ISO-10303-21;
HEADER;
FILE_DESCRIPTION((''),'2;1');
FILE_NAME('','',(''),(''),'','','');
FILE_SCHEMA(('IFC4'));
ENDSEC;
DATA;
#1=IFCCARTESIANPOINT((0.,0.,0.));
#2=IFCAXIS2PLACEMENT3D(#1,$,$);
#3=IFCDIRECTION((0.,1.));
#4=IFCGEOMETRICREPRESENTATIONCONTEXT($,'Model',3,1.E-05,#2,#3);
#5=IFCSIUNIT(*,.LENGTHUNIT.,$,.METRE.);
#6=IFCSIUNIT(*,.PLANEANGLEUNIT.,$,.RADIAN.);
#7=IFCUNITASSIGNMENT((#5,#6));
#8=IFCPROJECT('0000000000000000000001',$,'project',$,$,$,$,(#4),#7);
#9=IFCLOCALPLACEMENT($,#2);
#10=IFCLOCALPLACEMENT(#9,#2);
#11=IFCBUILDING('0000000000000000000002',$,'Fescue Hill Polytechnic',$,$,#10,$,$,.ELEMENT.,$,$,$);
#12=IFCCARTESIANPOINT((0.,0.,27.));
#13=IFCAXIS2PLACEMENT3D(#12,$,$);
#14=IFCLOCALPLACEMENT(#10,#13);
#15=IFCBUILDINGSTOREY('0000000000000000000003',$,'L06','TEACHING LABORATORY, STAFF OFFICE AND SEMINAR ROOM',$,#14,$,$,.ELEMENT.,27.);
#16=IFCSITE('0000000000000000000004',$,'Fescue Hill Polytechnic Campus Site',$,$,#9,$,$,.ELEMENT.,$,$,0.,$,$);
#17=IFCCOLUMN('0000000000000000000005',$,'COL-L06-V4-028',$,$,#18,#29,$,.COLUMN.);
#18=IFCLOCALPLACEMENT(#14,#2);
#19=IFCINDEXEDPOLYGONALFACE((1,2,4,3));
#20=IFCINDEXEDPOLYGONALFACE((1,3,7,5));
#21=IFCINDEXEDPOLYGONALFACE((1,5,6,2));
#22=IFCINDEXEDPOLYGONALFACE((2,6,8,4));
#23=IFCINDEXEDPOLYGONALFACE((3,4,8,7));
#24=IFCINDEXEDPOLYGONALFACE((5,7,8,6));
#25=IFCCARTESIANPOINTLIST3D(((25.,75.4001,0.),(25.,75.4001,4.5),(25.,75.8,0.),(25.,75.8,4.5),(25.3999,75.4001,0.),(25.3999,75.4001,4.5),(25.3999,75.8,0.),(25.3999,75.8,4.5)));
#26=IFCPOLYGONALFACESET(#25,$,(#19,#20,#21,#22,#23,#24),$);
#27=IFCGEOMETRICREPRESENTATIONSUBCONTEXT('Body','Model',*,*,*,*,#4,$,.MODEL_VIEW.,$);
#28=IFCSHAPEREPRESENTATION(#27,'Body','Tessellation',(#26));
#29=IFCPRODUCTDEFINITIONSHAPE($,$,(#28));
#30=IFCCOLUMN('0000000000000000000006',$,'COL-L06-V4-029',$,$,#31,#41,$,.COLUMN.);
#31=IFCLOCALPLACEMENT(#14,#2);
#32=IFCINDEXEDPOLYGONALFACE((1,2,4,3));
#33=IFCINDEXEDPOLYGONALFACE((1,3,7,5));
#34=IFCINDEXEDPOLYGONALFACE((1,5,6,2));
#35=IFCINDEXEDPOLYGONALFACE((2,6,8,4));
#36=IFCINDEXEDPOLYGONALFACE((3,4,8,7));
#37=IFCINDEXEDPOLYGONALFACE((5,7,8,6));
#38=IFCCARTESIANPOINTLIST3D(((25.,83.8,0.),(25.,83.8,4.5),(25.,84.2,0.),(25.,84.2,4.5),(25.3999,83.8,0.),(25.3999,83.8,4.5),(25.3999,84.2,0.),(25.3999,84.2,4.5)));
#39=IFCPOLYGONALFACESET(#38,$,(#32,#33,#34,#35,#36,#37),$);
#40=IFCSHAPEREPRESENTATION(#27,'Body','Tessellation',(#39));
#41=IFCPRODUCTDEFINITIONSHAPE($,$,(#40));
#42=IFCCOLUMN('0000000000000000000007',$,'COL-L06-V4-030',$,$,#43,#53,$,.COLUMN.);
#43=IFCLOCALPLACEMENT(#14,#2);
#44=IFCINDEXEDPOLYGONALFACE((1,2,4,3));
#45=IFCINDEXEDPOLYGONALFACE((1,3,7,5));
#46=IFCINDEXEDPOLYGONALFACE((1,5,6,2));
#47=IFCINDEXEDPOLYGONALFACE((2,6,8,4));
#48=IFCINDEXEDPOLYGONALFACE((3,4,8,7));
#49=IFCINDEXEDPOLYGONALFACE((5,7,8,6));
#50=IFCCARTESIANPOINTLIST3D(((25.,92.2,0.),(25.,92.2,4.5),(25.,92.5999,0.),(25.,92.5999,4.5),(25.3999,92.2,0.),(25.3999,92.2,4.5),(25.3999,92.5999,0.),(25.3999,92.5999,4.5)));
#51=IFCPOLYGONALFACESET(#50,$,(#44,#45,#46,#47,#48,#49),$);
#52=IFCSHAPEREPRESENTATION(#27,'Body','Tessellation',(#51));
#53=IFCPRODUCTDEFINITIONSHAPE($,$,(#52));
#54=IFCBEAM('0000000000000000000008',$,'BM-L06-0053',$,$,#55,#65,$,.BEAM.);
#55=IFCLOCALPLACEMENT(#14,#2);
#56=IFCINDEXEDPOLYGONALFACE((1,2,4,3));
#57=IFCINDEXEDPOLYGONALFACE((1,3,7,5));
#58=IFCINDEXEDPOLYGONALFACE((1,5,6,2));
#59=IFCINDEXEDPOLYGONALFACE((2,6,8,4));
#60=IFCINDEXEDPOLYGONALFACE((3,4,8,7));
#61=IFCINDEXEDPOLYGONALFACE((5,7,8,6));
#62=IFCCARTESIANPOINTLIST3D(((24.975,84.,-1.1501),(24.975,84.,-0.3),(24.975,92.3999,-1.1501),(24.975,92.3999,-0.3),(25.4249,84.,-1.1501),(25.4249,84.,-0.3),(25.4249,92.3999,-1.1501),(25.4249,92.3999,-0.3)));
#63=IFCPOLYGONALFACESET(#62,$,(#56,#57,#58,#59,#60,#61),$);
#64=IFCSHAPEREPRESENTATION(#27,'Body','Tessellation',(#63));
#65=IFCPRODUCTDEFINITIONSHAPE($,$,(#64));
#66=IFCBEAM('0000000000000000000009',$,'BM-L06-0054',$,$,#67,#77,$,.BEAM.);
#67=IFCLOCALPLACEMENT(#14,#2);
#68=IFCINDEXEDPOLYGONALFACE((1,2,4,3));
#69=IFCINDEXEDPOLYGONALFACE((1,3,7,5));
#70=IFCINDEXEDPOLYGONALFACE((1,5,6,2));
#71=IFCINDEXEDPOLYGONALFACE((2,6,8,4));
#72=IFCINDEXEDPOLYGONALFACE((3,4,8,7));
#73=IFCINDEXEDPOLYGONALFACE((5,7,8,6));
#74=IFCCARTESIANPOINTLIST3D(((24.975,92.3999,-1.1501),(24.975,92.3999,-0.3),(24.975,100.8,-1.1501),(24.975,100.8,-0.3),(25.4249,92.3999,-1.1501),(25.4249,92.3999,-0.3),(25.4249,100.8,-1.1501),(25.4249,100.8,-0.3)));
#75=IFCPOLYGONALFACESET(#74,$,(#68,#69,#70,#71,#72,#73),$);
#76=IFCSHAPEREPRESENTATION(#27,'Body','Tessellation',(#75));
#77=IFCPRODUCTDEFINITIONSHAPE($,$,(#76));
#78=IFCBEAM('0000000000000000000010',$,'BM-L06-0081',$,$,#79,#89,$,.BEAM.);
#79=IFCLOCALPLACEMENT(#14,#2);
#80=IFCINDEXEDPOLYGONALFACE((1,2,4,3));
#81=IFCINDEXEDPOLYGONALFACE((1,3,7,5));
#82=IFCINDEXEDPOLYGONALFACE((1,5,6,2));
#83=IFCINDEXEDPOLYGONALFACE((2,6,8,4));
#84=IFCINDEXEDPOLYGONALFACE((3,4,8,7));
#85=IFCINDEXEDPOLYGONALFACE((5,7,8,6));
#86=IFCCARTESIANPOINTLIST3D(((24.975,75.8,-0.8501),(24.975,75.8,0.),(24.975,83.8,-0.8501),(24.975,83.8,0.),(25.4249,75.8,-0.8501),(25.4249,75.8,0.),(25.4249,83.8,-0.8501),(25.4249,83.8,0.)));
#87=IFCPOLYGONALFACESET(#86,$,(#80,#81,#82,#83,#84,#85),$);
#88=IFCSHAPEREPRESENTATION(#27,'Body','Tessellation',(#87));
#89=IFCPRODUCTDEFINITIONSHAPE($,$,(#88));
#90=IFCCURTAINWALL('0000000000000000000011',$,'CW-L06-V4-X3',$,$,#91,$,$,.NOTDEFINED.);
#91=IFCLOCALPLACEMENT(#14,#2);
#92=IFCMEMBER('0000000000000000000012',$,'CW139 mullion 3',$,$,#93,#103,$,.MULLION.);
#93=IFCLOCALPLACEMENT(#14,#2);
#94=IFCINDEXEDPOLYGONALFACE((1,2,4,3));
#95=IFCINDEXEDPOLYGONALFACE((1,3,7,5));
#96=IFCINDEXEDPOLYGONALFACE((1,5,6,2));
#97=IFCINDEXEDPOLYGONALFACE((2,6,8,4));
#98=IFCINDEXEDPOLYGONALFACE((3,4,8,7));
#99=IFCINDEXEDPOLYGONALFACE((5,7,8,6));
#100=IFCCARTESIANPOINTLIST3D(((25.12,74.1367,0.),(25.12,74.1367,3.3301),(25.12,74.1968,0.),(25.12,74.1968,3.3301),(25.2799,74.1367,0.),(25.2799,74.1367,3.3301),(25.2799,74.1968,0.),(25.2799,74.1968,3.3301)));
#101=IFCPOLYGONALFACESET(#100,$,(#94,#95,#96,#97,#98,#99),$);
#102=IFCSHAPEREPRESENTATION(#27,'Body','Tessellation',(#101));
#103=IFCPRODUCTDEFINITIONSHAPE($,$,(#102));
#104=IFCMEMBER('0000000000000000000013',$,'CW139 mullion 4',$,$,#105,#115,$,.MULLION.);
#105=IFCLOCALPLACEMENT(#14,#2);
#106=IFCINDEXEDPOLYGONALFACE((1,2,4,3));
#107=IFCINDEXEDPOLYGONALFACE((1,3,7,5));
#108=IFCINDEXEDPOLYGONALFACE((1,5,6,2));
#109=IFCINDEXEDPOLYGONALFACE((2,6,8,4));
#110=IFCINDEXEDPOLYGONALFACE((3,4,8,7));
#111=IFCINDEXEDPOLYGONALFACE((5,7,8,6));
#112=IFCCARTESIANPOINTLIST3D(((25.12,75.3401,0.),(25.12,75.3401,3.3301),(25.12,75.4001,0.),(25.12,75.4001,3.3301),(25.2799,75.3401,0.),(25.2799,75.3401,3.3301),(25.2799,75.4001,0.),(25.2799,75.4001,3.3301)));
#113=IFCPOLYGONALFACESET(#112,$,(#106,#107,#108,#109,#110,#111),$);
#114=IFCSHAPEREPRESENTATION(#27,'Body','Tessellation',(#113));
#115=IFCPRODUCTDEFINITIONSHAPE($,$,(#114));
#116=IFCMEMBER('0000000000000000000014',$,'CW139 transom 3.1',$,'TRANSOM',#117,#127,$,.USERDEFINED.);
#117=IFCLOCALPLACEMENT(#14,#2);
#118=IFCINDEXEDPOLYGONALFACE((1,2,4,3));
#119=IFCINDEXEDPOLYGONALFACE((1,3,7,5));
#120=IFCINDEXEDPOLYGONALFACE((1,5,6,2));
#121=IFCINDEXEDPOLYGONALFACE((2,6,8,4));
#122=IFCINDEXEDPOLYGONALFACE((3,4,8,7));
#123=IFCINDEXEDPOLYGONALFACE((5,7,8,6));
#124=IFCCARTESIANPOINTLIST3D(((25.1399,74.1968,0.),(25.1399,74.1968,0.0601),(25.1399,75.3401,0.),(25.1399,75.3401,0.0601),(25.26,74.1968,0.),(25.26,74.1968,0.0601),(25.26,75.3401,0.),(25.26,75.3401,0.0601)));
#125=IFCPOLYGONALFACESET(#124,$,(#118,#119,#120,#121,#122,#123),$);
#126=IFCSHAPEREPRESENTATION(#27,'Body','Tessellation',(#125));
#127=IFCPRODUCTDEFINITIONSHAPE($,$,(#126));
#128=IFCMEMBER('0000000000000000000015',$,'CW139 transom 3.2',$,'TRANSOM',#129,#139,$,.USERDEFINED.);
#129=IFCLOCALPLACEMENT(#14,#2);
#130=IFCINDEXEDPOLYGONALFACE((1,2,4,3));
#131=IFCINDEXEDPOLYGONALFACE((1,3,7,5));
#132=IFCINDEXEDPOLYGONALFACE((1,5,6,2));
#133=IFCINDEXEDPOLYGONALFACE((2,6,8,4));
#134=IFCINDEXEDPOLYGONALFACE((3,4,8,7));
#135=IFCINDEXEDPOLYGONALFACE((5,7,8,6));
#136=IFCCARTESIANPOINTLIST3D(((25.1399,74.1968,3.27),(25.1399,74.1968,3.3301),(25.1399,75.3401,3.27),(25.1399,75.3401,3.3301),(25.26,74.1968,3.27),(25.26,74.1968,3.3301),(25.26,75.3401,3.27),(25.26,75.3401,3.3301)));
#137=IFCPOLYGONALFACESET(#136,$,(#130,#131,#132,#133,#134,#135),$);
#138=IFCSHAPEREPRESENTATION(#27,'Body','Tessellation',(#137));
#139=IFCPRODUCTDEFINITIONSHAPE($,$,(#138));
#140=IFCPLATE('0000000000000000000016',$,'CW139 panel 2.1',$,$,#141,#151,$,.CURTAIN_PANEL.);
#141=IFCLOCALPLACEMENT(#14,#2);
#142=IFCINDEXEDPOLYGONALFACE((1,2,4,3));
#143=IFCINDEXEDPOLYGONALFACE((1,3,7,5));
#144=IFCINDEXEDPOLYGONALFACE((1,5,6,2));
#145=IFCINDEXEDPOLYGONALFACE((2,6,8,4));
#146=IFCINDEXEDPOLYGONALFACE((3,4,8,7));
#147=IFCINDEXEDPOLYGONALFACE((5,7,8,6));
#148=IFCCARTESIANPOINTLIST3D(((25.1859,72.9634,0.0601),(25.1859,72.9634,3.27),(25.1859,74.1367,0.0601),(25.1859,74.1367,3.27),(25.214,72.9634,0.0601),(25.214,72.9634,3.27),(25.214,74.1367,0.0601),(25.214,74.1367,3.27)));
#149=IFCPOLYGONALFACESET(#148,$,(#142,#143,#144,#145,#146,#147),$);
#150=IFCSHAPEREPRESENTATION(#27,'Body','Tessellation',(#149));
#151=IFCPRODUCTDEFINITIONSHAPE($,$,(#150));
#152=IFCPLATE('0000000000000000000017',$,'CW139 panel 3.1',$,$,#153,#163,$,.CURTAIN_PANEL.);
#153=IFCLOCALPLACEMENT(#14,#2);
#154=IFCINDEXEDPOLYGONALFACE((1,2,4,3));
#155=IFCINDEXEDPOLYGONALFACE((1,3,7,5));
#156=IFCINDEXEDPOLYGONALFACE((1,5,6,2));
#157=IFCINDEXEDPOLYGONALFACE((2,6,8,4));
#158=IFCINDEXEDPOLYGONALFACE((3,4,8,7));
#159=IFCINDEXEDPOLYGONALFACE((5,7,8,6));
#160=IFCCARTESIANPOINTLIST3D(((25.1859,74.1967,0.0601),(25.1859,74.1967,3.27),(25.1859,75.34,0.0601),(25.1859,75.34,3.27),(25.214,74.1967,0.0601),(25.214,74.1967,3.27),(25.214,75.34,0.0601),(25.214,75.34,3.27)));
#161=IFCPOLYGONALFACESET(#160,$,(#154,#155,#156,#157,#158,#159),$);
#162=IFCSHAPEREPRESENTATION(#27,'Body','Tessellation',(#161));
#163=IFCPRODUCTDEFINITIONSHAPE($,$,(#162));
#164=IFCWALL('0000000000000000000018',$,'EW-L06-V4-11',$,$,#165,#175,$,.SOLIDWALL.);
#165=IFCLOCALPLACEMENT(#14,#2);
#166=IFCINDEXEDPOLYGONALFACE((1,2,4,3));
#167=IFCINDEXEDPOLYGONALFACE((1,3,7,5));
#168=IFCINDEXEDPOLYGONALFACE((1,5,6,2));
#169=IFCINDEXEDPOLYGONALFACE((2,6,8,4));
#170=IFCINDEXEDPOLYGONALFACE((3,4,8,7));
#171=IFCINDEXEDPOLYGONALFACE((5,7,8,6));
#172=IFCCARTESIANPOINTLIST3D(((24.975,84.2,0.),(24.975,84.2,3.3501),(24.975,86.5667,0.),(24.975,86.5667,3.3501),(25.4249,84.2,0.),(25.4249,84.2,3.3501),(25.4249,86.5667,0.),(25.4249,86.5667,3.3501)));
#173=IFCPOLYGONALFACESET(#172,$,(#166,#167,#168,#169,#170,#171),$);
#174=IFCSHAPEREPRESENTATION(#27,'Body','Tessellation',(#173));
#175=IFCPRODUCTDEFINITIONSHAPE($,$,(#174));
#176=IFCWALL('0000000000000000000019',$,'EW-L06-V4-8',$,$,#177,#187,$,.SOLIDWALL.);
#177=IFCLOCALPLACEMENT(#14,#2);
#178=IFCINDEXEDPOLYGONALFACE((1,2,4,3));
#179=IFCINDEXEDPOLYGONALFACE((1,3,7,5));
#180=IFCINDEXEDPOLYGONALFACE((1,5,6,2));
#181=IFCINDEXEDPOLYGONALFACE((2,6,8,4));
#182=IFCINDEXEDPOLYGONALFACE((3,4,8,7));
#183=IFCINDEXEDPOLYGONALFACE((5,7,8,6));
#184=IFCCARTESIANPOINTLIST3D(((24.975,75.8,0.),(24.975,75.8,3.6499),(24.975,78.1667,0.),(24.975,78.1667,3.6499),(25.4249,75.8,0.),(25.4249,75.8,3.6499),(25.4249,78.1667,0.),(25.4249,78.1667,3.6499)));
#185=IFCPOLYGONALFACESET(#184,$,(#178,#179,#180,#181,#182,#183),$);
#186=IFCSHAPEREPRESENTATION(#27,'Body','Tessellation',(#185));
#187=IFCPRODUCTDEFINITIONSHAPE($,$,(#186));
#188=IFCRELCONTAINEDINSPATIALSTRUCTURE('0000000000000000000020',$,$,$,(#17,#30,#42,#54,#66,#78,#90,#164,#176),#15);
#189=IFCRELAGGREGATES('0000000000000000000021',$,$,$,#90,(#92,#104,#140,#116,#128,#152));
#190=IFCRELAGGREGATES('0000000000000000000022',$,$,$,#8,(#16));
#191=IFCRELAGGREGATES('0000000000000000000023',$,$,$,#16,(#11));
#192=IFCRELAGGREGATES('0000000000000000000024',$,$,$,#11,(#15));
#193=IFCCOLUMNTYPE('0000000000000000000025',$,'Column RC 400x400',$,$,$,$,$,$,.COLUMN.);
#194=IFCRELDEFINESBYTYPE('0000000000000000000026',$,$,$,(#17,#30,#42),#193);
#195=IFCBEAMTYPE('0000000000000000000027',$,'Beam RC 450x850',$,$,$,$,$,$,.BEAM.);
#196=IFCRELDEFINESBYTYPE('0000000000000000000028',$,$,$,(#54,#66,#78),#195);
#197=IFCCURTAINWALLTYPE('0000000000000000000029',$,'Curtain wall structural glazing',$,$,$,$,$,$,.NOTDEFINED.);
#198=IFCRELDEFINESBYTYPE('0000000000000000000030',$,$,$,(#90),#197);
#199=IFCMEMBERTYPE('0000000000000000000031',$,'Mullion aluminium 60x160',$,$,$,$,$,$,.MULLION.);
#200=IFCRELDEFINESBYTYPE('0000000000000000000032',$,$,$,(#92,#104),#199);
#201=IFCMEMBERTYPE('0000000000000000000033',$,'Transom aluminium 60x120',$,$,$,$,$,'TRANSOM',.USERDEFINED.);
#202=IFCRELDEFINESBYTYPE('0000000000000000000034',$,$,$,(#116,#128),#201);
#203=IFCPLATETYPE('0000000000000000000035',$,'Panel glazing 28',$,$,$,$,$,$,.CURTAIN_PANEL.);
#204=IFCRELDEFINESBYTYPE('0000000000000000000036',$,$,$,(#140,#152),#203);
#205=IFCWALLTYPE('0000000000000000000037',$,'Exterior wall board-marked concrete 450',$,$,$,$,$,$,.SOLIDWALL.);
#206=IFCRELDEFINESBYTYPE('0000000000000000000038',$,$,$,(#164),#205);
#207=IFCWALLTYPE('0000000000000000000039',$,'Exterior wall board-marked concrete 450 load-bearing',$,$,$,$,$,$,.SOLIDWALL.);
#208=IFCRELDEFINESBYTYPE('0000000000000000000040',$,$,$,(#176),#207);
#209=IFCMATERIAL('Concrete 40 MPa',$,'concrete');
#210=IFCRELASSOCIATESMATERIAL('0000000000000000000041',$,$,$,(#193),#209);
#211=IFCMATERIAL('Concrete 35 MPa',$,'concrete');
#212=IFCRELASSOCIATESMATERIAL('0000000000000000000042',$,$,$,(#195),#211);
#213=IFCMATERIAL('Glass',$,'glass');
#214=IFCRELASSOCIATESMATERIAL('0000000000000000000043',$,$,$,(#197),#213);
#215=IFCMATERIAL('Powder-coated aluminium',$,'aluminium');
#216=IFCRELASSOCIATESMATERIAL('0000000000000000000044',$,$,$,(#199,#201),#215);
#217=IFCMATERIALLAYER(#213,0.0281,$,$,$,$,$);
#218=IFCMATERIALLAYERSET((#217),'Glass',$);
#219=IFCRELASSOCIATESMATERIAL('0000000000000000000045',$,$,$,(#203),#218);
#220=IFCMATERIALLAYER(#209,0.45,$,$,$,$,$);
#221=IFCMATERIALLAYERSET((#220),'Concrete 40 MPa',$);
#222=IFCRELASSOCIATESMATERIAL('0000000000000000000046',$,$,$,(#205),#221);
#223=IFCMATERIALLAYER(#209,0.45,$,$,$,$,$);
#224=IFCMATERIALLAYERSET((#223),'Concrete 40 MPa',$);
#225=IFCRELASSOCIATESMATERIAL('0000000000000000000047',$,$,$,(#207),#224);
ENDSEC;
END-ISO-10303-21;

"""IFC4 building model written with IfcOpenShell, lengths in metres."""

from ifc_helpers import new_model, si_unit, direction, frame, frame_2d, origin, origin_2d, place, context, subcontext, project, spatial, rectangle, extrude, material, layer, layer_set, material_profile, profile_set, type_object, element, aggregate, save


model = new_model("IFC4")

# Units and contexts
model_context = context("Model", 3, precision=1e-05, world=origin(), true_north=direction((0.0, 1.0)))
body_context = subcontext(model_context, "Body", "Model", "MODEL_VIEW")
ifc_project = project(units=[si_unit("LENGTHUNIT", "METRE"), si_unit("PLANEANGLEUNIT", "RADIAN")], contexts=[model_context])

# Site, building, storey
site_placement = place(None, origin())
site = spatial("IfcSite", under=ifc_project, at=site_placement, Name="Fescue Hill Polytechnic Campus Site", CompositionType="ELEMENT", RefElevation=0.0)
building_placement = place(site_placement, origin())
building = spatial("IfcBuilding", under=site, at=building_placement, Name="Fescue Hill Polytechnic", CompositionType="ELEMENT")
storey_placement = place(building_placement, frame((0.0, 0.0, 27.0)))
storey = spatial("IfcBuildingStorey", under=building, at=storey_placement, Name="L06", Description="TEACHING LABORATORY, STAFF OFFICE AND SEMINAR ROOM", CompositionType="ELEMENT", Elevation=27.0)

# Columns
ifc_material_1 = material(Name="Concrete 40 MPa", Category="concrete")
ifc_material_profile_1 = material_profile(ifc_material_1, rectangle(XDim=0.3999, YDim=0.3999, at=origin_2d()), Name="RC 400x400")
ifc_profile_set_1 = profile_set([ifc_material_profile_1], Name="Concrete 40 MPa")
column_type = type_object("IfcColumnType", Name="Column RC 400x400", PredefinedType="COLUMN", material=ifc_profile_set_1)
for number, where, z_axis, x_axis, name in (
    (1, (25.2, 75.6001, 0.0), (0.0, 0.0, 1.0), (1.0, 0.0, 0.0), "COL-L06-V4-028"),
    (2, (25.2, 84.0, 0.0), (0.0, 0.0, 1.0), (1.0, 0.0, 0.0), "COL-L06-V4-029"),
    (3, (25.2, 92.3999, 0.0), (0.0, 0.0, 1.0), (1.0, 0.0, 0.0), "COL-L06-V4-030"),
):
    element("IfcColumn", number, at=place(storey_placement, frame(where, z_axis=z_axis, x_axis=x_axis)), inside=storey, type_object=column_type, Name=name, PredefinedType="COLUMN", context=body_context, shape_type="SweptSolid", body=[
        extrude(rectangle(XDim=0.3999, YDim=0.3999, at=origin_2d()), origin(), (0.0, 0.0, 1.0), 4.5),
    ])

# Beams
ifc_material_2 = material(Name="Concrete 35 MPa", Category="concrete")
ifc_material_profile_2 = material_profile(ifc_material_2, rectangle(XDim=0.45, YDim=0.8501, at=origin_2d()), Name="RC 450x850")
ifc_profile_set_2 = profile_set([ifc_material_profile_2], Name="Concrete 35 MPa")
beam_type = type_object("IfcBeamType", Name="Beam RC 450x850", PredefinedType="BEAM", material=ifc_profile_set_2)
beam_1_placement = place(storey_placement, frame((25.2, 84.0, -0.7251), z_axis=(0.0, 1.0, 0.0), x_axis=(-1.0, 0.0, 0.0)))
element("IfcBeam", 4, at=beam_1_placement, inside=storey, type_object=beam_type, Name="BM-L06-0053", PredefinedType="BEAM", context=body_context, shape_type="SweptSolid", body=[
    extrude(rectangle(XDim=0.45, YDim=0.8501, at=origin_2d()), origin(), (0.0, 0.0, 1.0), 8.3999),
])
beam_2_placement = place(storey_placement, frame((25.2, 92.3999, -0.7251), z_axis=(0.0, 1.0, 0.0), x_axis=(-1.0, 0.0, 0.0)))
element("IfcBeam", 5, at=beam_2_placement, inside=storey, type_object=beam_type, Name="BM-L06-0054", PredefinedType="BEAM", context=body_context, shape_type="SweptSolid", body=[
    extrude(rectangle(XDim=0.45, YDim=0.8501, at=origin_2d()), origin(), (0.0, 0.0, 1.0), 8.4001),
])
beam_3_placement = place(storey_placement, frame((25.2, 75.8, -0.425), z_axis=(0.0, 1.0, 0.0), x_axis=(-1.0, 0.0, 0.0)))
element("IfcBeam", 6, at=beam_3_placement, inside=storey, type_object=beam_type, Name="BM-L06-0081", PredefinedType="BEAM", context=body_context, shape_type="SweptSolid", body=[
    extrude(rectangle(XDim=0.45, YDim=0.8501, at=origin_2d()), origin(), (0.0, 0.0, 1.0), 8.0),
])

# Curtain wall, members, plates
ifc_material_3 = material(Name="Glass", Category="glass")
curtain_wall_type = type_object("IfcCurtainWallType", Name="Curtain wall structural glazing", PredefinedType="NOTDEFINED", material=ifc_material_3)
curtain_wall_placement = place(storey_placement, origin())
curtain_wall = element("IfcCurtainWall", 7, at=curtain_wall_placement, inside=storey, type_object=curtain_wall_type, Name="CW-L06-V4-X3", PredefinedType="NOTDEFINED")
ifc_material_4 = material(Name="Powder-coated aluminium", Category="aluminium")
ifc_material_profile_3 = material_profile(ifc_material_4, rectangle(XDim=0.1599, YDim=0.0601, at=origin_2d()), Name="Mullion aluminium 60x160")
ifc_profile_set_3 = profile_set([ifc_material_profile_3], Name="Powder-coated aluminium")
member_type_1 = type_object("IfcMemberType", Name="Mullion aluminium 60x160", PredefinedType="MULLION", material=ifc_profile_set_3)
member_1_placement = place(storey_placement, frame((25.2, 74.1667, 0.0), z_axis=(0.0, 0.0, 1.0), x_axis=(-1.0, 0.0, 0.0)))
member_1 = element("IfcMember", 8, at=member_1_placement, type_object=member_type_1, Name="CW139 mullion 3", PredefinedType="MULLION", context=body_context, shape_type="SweptSolid", body=[
    extrude(rectangle(XDim=0.1599, YDim=0.0601, at=origin_2d()), origin(), (0.0, 0.0, 1.0), 3.3301),
])
member_2_placement = place(storey_placement, frame((25.2, 75.3701, 0.0), z_axis=(0.0, 0.0, 1.0), x_axis=(-1.0, 0.0, 0.0)))
member_2 = element("IfcMember", 9, at=member_2_placement, type_object=member_type_1, Name="CW139 mullion 4", PredefinedType="MULLION", context=body_context, shape_type="SweptSolid", body=[
    extrude(rectangle(XDim=0.1599, YDim=0.0601, at=origin_2d()), origin(), (0.0, 0.0, 1.0), 3.3301),
])
ifc_material_profile_4 = material_profile(ifc_material_4, rectangle(XDim=0.1201, YDim=0.0601, at=origin_2d()), Name="Transom aluminium 60x120")
ifc_profile_set_4 = profile_set([ifc_material_profile_4], Name="Powder-coated aluminium")
member_type_2 = type_object("IfcMemberType", Name="Transom aluminium 60x120", ElementType="TRANSOM", PredefinedType="USERDEFINED", material=ifc_profile_set_4)
member_3_placement = place(storey_placement, frame((25.2, 74.1968, 0.03), z_axis=(0.0, 1.0, 0.0), x_axis=(-1.0, 0.0, 0.0)))
member_3 = element("IfcMember", 10, at=member_3_placement, type_object=member_type_2, Name="CW139 transom 3.1", ObjectType="TRANSOM", PredefinedType="USERDEFINED", context=body_context, shape_type="SweptSolid", body=[
    extrude(rectangle(XDim=0.1201, YDim=0.0601, at=origin_2d()), origin(), (0.0, 0.0, 1.0), 1.1433),
])
member_4_placement = place(storey_placement, frame((25.2, 74.1968, 3.3), z_axis=(0.0, 1.0, 0.0), x_axis=(-1.0, 0.0, 0.0)))
member_4 = element("IfcMember", 11, at=member_4_placement, type_object=member_type_2, Name="CW139 transom 3.2", ObjectType="TRANSOM", PredefinedType="USERDEFINED", context=body_context, shape_type="SweptSolid", body=[
    extrude(rectangle(XDim=0.1201, YDim=0.0601, at=origin_2d()), origin(), (0.0, 0.0, 1.0), 1.1433),
])
ifc_layer_1 = layer(ifc_material_3, 0.0281)
ifc_layer_set_1 = layer_set([ifc_layer_1], Name="Glass")
plate_type = type_object("IfcPlateType", Name="Panel glazing 28", PredefinedType="CURTAIN_PANEL", material=ifc_layer_set_1)
plate_1_placement = place(storey_placement, frame((25.2, 73.55, 0.0601), z_axis=(0.0, 0.0, 1.0), x_axis=(0.0, 1.0, 0.0)))
plate_1 = element("IfcPlate", 12, at=plate_1_placement, type_object=plate_type, Name="CW139 panel 2.1", PredefinedType="CURTAIN_PANEL", context=body_context, shape_type="SweptSolid", body=[
    extrude(rectangle(XDim=1.1733, YDim=0.0281, at=origin_2d()), origin(), (0.0, 0.0, 1.0), 3.21),
])
plate_2_placement = place(storey_placement, frame((25.2, 74.7683, 0.0601), z_axis=(0.0, 0.0, 1.0), x_axis=(0.0, 1.0, 0.0)))
plate_2 = element("IfcPlate", 13, at=plate_2_placement, type_object=plate_type, Name="CW139 panel 3.1", PredefinedType="CURTAIN_PANEL", context=body_context, shape_type="SweptSolid", body=[
    extrude(rectangle(XDim=1.1433, YDim=0.0281, at=origin_2d()), origin(), (0.0, 0.0, 1.0), 3.21),
])
aggregate(curtain_wall, [member_1, member_2, plate_1, member_3, member_4, plate_2])

# Walls
ifc_layer_2 = layer(ifc_material_1, 0.45)
ifc_layer_set_2 = layer_set([ifc_layer_2], Name="Concrete 40 MPa")
wall_type_1 = type_object("IfcWallType", Name="Exterior wall board-marked concrete 450", PredefinedType="SOLIDWALL", material=ifc_layer_set_2)
wall_1_placement = place(storey_placement, frame((25.2, 84.2, 0.0), z_axis=(0.0, 0.0, 1.0), x_axis=(0.0, 1.0, 0.0)))
element("IfcWall", 14, at=wall_1_placement, inside=storey, type_object=wall_type_1, Name="EW-L06-V4-11", PredefinedType="SOLIDWALL", context=body_context, shape_type="SweptSolid", body=[
    extrude(rectangle(XDim=2.3667, YDim=0.45, at=frame_2d((1.1833, 0.0))), origin(), (0.0, 0.0, 1.0), 3.3501),
])
ifc_layer_3 = layer(ifc_material_1, 0.45)
ifc_layer_set_3 = layer_set([ifc_layer_3], Name="Concrete 40 MPa")
wall_type_2 = type_object("IfcWallType", Name="Exterior wall board-marked concrete 450 load-bearing", PredefinedType="SOLIDWALL", material=ifc_layer_set_3)
wall_2_placement = place(storey_placement, frame((25.2, 75.8, 0.0), z_axis=(0.0, 0.0, 1.0), x_axis=(0.0, 1.0, 0.0)))
element("IfcWall", 15, at=wall_2_placement, inside=storey, type_object=wall_type_2, Name="EW-L06-V4-8", PredefinedType="SOLIDWALL", context=body_context, shape_type="SweptSolid", body=[
    extrude(rectangle(XDim=2.3667, YDim=0.45, at=frame_2d((1.1833, 0.0))), origin(), (0.0, 0.0, 1.0), 3.6499),
])

save(model, "model.ifc")
